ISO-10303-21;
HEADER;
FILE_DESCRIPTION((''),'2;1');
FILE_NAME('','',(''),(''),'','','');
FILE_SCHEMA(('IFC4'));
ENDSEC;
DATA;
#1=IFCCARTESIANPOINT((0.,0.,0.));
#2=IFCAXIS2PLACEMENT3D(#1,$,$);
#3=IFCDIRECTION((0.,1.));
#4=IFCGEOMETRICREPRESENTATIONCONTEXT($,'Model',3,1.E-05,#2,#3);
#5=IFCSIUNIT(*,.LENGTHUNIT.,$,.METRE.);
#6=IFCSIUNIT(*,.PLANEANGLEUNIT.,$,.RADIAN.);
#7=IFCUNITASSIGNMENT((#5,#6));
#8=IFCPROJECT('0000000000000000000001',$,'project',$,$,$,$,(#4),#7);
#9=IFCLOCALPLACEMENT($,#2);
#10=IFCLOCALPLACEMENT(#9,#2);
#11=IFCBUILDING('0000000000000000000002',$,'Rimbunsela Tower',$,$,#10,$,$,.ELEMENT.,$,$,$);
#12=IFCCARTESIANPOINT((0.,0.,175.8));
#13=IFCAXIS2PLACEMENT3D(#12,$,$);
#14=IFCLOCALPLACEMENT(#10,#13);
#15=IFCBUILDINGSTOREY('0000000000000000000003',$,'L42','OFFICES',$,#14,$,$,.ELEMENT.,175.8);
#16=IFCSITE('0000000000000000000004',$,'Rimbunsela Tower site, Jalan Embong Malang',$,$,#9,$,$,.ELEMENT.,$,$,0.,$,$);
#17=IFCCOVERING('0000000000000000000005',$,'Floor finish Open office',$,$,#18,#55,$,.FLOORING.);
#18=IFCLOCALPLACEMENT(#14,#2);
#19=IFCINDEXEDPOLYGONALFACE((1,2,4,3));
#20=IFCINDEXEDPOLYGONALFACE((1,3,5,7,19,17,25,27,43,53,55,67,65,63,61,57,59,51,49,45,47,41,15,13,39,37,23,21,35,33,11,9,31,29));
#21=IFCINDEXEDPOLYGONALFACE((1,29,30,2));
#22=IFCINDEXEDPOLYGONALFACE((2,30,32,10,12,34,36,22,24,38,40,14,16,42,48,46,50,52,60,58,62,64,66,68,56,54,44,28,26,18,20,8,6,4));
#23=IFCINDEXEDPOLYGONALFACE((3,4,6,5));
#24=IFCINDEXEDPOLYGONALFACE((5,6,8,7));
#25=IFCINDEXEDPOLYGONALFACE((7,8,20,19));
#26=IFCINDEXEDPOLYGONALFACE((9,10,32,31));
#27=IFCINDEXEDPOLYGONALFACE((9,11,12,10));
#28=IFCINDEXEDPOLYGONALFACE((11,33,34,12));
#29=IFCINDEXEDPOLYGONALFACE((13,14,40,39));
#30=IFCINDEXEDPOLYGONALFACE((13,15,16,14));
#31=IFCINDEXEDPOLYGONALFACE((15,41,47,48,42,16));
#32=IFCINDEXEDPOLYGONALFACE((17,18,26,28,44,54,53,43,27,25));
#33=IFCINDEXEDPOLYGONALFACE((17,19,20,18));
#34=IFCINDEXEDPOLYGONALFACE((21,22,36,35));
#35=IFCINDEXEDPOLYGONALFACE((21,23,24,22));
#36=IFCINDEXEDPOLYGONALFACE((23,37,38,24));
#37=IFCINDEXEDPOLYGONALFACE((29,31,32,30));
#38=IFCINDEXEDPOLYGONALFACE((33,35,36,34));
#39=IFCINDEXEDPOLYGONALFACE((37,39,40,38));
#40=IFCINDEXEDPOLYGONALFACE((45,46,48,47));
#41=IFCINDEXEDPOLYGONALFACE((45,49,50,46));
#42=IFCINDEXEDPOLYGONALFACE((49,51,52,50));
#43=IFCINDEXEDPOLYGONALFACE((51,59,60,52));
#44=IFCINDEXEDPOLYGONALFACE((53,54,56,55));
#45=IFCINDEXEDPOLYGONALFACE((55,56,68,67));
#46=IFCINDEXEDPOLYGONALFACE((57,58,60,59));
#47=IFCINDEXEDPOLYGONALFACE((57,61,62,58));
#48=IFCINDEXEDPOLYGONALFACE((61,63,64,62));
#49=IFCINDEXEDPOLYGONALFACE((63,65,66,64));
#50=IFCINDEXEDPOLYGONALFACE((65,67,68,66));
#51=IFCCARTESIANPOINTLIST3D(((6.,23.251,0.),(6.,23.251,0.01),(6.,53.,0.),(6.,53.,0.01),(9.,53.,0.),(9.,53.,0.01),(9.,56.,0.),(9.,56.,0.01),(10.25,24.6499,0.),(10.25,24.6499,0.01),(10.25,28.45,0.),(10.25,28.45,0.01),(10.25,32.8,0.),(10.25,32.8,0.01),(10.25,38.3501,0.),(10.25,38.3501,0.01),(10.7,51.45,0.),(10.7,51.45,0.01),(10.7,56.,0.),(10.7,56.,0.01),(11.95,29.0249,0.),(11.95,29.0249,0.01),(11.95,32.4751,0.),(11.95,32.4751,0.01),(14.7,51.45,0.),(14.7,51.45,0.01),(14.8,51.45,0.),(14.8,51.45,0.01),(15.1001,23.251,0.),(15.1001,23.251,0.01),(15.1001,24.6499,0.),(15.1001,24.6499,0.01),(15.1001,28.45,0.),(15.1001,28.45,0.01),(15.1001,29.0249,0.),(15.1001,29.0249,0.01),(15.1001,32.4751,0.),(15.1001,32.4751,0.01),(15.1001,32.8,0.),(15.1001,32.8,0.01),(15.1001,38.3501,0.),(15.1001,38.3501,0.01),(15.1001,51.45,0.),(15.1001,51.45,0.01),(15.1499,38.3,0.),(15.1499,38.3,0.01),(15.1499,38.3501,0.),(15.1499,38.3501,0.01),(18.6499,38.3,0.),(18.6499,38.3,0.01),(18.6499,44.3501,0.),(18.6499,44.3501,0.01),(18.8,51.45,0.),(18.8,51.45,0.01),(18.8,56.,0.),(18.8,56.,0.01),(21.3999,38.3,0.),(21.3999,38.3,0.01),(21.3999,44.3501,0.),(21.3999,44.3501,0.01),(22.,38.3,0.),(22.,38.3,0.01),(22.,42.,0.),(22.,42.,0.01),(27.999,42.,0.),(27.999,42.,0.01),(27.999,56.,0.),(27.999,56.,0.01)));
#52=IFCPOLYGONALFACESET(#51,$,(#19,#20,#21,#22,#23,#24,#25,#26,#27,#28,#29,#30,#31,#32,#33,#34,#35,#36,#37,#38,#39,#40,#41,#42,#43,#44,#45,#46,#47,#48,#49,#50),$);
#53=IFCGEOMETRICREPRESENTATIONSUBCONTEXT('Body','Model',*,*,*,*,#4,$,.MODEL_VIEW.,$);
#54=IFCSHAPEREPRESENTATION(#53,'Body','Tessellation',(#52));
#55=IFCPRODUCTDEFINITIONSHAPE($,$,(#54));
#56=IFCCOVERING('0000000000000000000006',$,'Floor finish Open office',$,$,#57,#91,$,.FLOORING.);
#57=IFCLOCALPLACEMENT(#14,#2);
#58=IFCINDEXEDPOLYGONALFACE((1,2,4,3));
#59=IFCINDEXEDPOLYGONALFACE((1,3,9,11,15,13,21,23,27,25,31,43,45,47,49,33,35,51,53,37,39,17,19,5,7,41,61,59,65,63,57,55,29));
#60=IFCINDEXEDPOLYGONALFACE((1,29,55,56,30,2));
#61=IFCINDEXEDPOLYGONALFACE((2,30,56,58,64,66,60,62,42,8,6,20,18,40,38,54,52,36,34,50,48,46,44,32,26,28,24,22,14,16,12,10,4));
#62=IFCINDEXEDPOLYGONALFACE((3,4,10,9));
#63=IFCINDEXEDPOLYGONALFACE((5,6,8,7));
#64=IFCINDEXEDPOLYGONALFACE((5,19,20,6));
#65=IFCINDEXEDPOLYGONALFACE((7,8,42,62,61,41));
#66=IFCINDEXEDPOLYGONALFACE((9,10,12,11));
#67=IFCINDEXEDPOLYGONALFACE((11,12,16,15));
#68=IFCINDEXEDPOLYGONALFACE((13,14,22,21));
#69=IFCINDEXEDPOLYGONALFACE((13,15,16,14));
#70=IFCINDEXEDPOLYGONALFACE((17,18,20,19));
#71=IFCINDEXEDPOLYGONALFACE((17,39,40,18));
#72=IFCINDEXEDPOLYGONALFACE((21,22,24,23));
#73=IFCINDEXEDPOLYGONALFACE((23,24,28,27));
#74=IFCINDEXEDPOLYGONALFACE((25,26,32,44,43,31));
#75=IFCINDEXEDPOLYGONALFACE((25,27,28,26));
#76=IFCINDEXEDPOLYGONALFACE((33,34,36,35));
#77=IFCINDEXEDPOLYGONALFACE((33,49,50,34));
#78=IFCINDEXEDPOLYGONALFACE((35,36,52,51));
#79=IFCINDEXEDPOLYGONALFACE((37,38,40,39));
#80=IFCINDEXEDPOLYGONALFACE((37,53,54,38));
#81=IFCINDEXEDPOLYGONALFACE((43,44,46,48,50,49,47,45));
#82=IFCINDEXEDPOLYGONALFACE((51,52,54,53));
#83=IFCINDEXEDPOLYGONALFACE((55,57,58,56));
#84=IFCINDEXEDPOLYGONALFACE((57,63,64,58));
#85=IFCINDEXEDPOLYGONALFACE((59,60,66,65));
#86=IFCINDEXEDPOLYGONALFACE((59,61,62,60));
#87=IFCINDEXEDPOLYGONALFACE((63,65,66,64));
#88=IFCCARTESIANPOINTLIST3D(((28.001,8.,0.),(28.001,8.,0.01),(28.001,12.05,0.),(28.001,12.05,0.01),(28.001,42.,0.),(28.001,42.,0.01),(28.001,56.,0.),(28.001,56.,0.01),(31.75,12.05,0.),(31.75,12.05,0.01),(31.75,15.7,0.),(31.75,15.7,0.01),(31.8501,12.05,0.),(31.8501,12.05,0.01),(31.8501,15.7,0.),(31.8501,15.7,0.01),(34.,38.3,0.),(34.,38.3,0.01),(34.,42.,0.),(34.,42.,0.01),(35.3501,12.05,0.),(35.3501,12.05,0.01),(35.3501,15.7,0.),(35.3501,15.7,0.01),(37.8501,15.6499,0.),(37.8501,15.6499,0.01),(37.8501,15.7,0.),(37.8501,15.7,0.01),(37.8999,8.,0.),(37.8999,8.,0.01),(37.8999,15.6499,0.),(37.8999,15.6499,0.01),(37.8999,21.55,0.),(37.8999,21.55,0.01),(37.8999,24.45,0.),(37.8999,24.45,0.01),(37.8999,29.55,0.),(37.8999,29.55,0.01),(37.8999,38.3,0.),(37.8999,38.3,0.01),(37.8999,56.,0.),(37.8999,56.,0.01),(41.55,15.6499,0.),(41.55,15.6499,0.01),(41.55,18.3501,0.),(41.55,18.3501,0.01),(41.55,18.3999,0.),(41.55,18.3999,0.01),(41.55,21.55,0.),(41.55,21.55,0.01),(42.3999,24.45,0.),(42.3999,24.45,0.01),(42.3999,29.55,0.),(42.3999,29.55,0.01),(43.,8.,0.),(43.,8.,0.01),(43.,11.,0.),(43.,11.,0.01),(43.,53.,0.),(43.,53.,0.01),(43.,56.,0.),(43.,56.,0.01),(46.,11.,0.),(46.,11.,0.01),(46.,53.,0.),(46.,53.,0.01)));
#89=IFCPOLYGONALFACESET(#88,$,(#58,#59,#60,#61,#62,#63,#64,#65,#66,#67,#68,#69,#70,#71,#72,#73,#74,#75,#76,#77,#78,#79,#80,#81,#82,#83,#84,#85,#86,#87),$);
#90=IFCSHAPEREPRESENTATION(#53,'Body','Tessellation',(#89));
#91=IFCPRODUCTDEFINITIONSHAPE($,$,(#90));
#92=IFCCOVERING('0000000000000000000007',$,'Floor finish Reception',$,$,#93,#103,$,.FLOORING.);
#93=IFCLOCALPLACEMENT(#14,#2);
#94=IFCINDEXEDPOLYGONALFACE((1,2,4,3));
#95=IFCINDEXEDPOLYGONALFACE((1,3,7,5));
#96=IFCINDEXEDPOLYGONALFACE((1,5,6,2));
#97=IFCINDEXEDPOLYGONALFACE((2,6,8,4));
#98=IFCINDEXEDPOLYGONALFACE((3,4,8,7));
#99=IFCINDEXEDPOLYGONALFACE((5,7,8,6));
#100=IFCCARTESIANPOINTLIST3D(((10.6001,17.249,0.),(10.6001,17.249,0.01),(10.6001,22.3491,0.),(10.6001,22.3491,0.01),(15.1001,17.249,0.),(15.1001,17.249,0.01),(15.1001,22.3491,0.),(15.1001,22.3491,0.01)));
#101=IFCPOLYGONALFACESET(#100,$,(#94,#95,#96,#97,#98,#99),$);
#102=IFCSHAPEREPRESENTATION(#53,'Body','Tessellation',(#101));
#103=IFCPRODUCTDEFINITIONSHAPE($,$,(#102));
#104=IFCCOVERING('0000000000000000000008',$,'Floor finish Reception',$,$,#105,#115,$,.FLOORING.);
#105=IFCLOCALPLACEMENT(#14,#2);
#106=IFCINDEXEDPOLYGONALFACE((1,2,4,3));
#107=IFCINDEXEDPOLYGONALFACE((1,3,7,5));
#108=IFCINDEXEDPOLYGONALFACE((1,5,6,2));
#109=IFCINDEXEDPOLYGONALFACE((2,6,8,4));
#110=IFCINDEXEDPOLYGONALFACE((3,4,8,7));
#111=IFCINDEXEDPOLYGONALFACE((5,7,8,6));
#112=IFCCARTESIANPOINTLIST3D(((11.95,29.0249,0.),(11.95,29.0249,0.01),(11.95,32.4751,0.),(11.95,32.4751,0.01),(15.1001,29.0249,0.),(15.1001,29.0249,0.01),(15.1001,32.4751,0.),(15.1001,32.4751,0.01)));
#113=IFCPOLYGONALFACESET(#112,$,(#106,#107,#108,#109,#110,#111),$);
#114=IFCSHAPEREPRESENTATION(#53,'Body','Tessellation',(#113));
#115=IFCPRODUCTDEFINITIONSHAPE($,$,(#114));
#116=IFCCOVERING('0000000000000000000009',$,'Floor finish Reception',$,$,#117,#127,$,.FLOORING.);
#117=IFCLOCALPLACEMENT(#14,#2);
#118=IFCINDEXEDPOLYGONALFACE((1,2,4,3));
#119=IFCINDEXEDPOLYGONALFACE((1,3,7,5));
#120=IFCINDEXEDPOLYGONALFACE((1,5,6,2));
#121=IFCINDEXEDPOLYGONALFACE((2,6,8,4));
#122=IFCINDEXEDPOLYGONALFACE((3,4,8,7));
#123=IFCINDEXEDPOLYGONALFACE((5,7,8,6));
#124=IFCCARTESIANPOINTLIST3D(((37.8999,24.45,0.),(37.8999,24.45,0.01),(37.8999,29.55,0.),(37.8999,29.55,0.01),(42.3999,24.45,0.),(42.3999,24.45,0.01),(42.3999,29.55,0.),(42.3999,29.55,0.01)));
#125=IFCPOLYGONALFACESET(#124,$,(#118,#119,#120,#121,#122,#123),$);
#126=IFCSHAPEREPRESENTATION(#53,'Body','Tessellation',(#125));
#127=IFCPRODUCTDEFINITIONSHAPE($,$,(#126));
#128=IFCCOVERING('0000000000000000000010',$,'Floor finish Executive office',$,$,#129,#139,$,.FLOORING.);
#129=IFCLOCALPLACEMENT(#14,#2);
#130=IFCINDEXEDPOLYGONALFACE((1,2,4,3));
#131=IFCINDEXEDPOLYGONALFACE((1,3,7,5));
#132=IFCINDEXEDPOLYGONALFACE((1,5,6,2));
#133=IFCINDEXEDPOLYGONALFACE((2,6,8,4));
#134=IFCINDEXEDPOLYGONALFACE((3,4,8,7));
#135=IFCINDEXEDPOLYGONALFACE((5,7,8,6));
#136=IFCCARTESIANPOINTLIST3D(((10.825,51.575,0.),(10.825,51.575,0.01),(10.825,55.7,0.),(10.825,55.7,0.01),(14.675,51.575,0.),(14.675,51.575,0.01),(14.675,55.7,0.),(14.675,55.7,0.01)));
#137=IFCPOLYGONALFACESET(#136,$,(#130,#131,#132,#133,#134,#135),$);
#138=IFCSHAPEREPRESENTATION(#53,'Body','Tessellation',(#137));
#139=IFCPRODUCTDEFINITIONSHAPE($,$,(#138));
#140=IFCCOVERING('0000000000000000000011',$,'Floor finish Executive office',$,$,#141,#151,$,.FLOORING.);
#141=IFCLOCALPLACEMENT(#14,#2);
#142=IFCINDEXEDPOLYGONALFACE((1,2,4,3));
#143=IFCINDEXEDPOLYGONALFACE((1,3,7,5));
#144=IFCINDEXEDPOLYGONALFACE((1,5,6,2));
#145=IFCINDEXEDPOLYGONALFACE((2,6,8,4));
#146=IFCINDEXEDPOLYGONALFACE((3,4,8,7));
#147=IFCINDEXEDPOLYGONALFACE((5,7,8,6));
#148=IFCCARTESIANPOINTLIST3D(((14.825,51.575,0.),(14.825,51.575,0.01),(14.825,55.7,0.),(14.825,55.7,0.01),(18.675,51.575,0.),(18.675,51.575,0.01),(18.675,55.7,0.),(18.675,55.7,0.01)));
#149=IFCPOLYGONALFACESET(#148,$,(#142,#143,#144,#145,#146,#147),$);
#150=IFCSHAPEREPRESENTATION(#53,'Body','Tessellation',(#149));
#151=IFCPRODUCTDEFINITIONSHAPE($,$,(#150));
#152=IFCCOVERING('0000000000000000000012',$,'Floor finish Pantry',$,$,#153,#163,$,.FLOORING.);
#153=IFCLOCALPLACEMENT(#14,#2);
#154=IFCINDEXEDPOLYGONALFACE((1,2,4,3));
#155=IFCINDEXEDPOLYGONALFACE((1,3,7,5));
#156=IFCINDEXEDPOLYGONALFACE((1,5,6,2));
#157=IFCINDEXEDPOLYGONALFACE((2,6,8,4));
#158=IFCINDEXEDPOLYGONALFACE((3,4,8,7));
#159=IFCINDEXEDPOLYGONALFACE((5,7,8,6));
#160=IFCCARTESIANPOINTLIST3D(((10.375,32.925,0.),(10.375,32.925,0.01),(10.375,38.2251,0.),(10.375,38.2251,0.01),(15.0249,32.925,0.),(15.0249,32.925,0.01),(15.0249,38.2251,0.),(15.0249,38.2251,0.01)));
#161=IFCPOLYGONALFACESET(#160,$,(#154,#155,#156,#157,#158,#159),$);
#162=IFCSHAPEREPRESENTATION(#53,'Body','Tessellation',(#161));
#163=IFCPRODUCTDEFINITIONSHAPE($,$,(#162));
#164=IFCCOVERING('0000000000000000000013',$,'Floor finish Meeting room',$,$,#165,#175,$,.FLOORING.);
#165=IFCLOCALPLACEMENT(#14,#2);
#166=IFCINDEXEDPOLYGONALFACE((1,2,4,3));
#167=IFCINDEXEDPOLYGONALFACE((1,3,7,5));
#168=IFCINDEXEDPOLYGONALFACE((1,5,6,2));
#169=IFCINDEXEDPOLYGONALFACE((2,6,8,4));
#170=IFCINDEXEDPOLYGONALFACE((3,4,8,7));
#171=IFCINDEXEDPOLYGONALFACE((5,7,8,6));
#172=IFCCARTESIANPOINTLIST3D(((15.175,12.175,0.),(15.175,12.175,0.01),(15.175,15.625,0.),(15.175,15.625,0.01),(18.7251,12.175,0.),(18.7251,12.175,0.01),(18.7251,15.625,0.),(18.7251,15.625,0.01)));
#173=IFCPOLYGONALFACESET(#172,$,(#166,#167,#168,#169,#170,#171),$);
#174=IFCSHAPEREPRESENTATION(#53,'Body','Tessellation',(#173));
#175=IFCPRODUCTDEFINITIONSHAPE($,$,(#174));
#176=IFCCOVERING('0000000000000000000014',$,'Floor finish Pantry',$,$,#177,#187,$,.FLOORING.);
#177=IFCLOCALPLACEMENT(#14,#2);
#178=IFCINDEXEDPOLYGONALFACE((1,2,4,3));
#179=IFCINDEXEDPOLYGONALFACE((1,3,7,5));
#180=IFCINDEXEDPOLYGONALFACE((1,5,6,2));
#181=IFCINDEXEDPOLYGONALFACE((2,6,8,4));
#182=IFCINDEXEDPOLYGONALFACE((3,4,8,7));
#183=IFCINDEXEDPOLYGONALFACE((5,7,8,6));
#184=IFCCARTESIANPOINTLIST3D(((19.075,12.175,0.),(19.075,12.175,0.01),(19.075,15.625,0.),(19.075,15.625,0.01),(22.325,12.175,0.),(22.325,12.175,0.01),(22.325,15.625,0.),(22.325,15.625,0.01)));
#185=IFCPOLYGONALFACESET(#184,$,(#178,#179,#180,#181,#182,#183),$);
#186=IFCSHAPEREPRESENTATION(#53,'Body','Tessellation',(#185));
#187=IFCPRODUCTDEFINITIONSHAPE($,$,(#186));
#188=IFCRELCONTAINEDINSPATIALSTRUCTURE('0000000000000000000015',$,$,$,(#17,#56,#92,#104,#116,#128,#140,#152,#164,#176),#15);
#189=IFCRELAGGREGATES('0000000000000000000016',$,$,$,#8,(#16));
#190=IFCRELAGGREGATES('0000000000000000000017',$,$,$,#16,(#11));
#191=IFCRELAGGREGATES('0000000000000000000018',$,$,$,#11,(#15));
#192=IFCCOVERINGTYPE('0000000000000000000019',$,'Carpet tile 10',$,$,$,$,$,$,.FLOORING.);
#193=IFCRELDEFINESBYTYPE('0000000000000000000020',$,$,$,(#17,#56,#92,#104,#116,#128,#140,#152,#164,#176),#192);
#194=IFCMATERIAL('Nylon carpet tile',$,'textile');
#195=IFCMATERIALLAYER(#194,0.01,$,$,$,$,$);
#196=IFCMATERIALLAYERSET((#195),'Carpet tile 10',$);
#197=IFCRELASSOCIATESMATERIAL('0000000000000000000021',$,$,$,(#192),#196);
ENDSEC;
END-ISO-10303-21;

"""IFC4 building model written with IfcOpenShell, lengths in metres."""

from ifc_helpers import new_model, si_unit, direction, frame, origin, place, context, subcontext, project, spatial, polyline, outline, extrude, material, layer, layer_set, type_object, element, save


model = new_model("IFC4")

# Units and contexts
model_context = context("Model", 3, precision=1e-05, world=origin(), true_north=direction((0.0, 1.0)))
body_context = subcontext(model_context, "Body", "Model", "MODEL_VIEW")
ifc_project = project(units=[si_unit("LENGTHUNIT", "METRE"), si_unit("PLANEANGLEUNIT", "RADIAN")], contexts=[model_context])

# Site, building, storey
site_placement = place(None, origin())
site = spatial("IfcSite", under=ifc_project, at=site_placement, Name="Rimbunsela Tower site, Jalan Embong Malang", CompositionType="ELEMENT", RefElevation=0.0)
building_placement = place(site_placement, origin())
building = spatial("IfcBuilding", under=site, at=building_placement, Name="Rimbunsela Tower", CompositionType="ELEMENT")
storey_placement = place(building_placement, frame((0.0, 0.0, 175.8)))
storey = spatial("IfcBuildingStorey", under=building, at=storey_placement, Name="L42", Description="OFFICES", CompositionType="ELEMENT", Elevation=175.8)

# Coverings
ifc_material_1 = material(Name="Nylon carpet tile", Category="textile")
ifc_layer_1 = layer(ifc_material_1, 0.01)
ifc_layer_set_1 = layer_set([ifc_layer_1], Name="Carpet tile 10")
covering_type_1 = type_object("IfcCoveringType", Name="Carpet tile 10", PredefinedType="FLOORING", material=ifc_layer_set_1)
covering_1_placement = place(storey_placement, origin())
element("IfcCovering", 1, at=covering_1_placement, inside=storey, type_object=covering_type_1, Name="Floor finish Open office", PredefinedType="FLOORING", context=body_context, shape_type="SweptSolid", body=[
    extrude(outline(polyline([(14.7, 51.45), (14.8, 51.45), (15.1001, 51.45), (18.8, 51.45), (18.8, 56.0), (27.999, 56.0), (27.999, 42.0), (22.0, 42.0), (22.0, 38.3), (21.3999, 38.3), (21.3999, 44.3501), (18.6499, 44.3501), (18.6499, 38.3), (15.1499, 38.3), (15.1499, 38.3501), (15.1001, 38.3501), (10.25, 38.3501), (10.25, 32.8), (15.1001, 32.8), (15.1001, 32.4751), (11.95, 32.4751), (11.95, 29.0249), (15.1001, 29.0249), (15.1001, 28.45), (10.25, 28.45), (10.25, 24.6499), (15.1001, 24.6499), (15.1001, 23.251), (6.0, 23.251), (6.0, 53.0), (9.0, 53.0), (9.0, 56.0), (10.7, 56.0), (10.7, 51.45), (14.7, 51.45)])), origin(), (0.0, 0.0, 1.0), 0.01),
])
covering_2_placement = place(storey_placement, origin())
element("IfcCovering", 2, at=covering_2_placement, inside=storey, type_object=covering_type_1, Name="Floor finish Open office", PredefinedType="FLOORING", context=body_context, shape_type="SweptSolid", body=[
    extrude(outline(polyline([(28.001, 12.05), (31.75, 12.05), (31.75, 15.7), (31.8501, 15.7), (31.8501, 12.05), (35.3501, 12.05), (35.3501, 15.7), (37.8501, 15.7), (37.8501, 15.6499), (37.8999, 15.6499), (41.55, 15.6499), (41.55, 18.3501), (41.55, 18.3999), (41.55, 21.55), (37.8999, 21.55), (37.8999, 24.45), (42.3999, 24.45), (42.3999, 29.55), (37.8999, 29.55), (37.8999, 38.3), (34.0, 38.3), (34.0, 42.0), (28.001, 42.0), (28.001, 56.0), (37.8999, 56.0), (43.0, 56.0), (43.0, 53.0), (46.0, 53.0), (46.0, 11.0), (43.0, 11.0), (43.0, 8.0), (37.8999, 8.0), (28.001, 8.0), (28.001, 12.05)])), origin(), (0.0, 0.0, 1.0), 0.01),
])
covering_3_placement = place(storey_placement, origin())
element("IfcCovering", 3, at=covering_3_placement, inside=storey, type_object=covering_type_1, Name="Floor finish Reception", PredefinedType="FLOORING", context=body_context, shape_type="SweptSolid", body=[
    extrude(outline(polyline([(15.1001, 17.249), (15.1001, 22.3491), (10.6001, 22.3491), (10.6001, 17.249), (15.1001, 17.249)])), origin(), (0.0, 0.0, 1.0), 0.01),
])
covering_4_placement = place(storey_placement, origin())
element("IfcCovering", 4, at=covering_4_placement, inside=storey, type_object=covering_type_1, Name="Floor finish Reception", PredefinedType="FLOORING", context=body_context, shape_type="SweptSolid", body=[
    extrude(outline(polyline([(15.1001, 29.0249), (15.1001, 32.4751), (11.95, 32.4751), (11.95, 29.0249), (15.1001, 29.0249)])), origin(), (0.0, 0.0, 1.0), 0.01),
])
covering_5_placement = place(storey_placement, origin())
element("IfcCovering", 5, at=covering_5_placement, inside=storey, type_object=covering_type_1, Name="Floor finish Reception", PredefinedType="FLOORING", context=body_context, shape_type="SweptSolid", body=[
    extrude(outline(polyline([(42.3999, 24.45), (42.3999, 29.55), (37.8999, 29.55), (37.8999, 24.45), (42.3999, 24.45)])), origin(), (0.0, 0.0, 1.0), 0.01),
])
covering_6_placement = place(storey_placement, origin())
element("IfcCovering", 6, at=covering_6_placement, inside=storey, type_object=covering_type_1, Name="Floor finish Executive office", PredefinedType="FLOORING", context=body_context, shape_type="SweptSolid", body=[
    extrude(outline(polyline([(14.675, 51.575), (14.675, 55.7), (10.825, 55.7), (10.825, 51.575), (14.675, 51.575)])), origin(), (0.0, 0.0, 1.0), 0.01),
])
covering_7_placement = place(storey_placement, origin())
element("IfcCovering", 7, at=covering_7_placement, inside=storey, type_object=covering_type_1, Name="Floor finish Executive office", PredefinedType="FLOORING", context=body_context, shape_type="SweptSolid", body=[
    extrude(outline(polyline([(18.675, 51.575), (18.675, 55.7), (14.825, 55.7), (14.825, 51.575), (18.675, 51.575)])), origin(), (0.0, 0.0, 1.0), 0.01),
])
covering_8_placement = place(storey_placement, origin())
element("IfcCovering", 8, at=covering_8_placement, inside=storey, type_object=covering_type_1, Name="Floor finish Pantry", PredefinedType="FLOORING", context=body_context, shape_type="SweptSolid", body=[
    extrude(outline(polyline([(15.0249, 32.925), (15.0249, 38.2251), (10.375, 38.2251), (10.375, 32.925), (15.0249, 32.925)])), origin(), (0.0, 0.0, 1.0), 0.01),
])
covering_9_placement = place(storey_placement, origin())
element("IfcCovering", 9, at=covering_9_placement, inside=storey, type_object=covering_type_1, Name="Floor finish Meeting room", PredefinedType="FLOORING", context=body_context, shape_type="SweptSolid", body=[
    extrude(outline(polyline([(18.7251, 12.175), (18.7251, 15.625), (15.175, 15.625), (15.175, 12.175), (18.7251, 12.175)])), origin(), (0.0, 0.0, 1.0), 0.01),
])
covering_10_placement = place(storey_placement, origin())
element("IfcCovering", 10, at=covering_10_placement, inside=storey, type_object=covering_type_1, Name="Floor finish Pantry", PredefinedType="FLOORING", context=body_context, shape_type="SweptSolid", body=[
    extrude(outline(polyline([(22.325, 12.175), (22.325, 15.625), (19.075, 15.625), (19.075, 12.175), (22.325, 12.175)])), origin(), (0.0, 0.0, 1.0), 0.01),
])

save(model, "model.ifc")
